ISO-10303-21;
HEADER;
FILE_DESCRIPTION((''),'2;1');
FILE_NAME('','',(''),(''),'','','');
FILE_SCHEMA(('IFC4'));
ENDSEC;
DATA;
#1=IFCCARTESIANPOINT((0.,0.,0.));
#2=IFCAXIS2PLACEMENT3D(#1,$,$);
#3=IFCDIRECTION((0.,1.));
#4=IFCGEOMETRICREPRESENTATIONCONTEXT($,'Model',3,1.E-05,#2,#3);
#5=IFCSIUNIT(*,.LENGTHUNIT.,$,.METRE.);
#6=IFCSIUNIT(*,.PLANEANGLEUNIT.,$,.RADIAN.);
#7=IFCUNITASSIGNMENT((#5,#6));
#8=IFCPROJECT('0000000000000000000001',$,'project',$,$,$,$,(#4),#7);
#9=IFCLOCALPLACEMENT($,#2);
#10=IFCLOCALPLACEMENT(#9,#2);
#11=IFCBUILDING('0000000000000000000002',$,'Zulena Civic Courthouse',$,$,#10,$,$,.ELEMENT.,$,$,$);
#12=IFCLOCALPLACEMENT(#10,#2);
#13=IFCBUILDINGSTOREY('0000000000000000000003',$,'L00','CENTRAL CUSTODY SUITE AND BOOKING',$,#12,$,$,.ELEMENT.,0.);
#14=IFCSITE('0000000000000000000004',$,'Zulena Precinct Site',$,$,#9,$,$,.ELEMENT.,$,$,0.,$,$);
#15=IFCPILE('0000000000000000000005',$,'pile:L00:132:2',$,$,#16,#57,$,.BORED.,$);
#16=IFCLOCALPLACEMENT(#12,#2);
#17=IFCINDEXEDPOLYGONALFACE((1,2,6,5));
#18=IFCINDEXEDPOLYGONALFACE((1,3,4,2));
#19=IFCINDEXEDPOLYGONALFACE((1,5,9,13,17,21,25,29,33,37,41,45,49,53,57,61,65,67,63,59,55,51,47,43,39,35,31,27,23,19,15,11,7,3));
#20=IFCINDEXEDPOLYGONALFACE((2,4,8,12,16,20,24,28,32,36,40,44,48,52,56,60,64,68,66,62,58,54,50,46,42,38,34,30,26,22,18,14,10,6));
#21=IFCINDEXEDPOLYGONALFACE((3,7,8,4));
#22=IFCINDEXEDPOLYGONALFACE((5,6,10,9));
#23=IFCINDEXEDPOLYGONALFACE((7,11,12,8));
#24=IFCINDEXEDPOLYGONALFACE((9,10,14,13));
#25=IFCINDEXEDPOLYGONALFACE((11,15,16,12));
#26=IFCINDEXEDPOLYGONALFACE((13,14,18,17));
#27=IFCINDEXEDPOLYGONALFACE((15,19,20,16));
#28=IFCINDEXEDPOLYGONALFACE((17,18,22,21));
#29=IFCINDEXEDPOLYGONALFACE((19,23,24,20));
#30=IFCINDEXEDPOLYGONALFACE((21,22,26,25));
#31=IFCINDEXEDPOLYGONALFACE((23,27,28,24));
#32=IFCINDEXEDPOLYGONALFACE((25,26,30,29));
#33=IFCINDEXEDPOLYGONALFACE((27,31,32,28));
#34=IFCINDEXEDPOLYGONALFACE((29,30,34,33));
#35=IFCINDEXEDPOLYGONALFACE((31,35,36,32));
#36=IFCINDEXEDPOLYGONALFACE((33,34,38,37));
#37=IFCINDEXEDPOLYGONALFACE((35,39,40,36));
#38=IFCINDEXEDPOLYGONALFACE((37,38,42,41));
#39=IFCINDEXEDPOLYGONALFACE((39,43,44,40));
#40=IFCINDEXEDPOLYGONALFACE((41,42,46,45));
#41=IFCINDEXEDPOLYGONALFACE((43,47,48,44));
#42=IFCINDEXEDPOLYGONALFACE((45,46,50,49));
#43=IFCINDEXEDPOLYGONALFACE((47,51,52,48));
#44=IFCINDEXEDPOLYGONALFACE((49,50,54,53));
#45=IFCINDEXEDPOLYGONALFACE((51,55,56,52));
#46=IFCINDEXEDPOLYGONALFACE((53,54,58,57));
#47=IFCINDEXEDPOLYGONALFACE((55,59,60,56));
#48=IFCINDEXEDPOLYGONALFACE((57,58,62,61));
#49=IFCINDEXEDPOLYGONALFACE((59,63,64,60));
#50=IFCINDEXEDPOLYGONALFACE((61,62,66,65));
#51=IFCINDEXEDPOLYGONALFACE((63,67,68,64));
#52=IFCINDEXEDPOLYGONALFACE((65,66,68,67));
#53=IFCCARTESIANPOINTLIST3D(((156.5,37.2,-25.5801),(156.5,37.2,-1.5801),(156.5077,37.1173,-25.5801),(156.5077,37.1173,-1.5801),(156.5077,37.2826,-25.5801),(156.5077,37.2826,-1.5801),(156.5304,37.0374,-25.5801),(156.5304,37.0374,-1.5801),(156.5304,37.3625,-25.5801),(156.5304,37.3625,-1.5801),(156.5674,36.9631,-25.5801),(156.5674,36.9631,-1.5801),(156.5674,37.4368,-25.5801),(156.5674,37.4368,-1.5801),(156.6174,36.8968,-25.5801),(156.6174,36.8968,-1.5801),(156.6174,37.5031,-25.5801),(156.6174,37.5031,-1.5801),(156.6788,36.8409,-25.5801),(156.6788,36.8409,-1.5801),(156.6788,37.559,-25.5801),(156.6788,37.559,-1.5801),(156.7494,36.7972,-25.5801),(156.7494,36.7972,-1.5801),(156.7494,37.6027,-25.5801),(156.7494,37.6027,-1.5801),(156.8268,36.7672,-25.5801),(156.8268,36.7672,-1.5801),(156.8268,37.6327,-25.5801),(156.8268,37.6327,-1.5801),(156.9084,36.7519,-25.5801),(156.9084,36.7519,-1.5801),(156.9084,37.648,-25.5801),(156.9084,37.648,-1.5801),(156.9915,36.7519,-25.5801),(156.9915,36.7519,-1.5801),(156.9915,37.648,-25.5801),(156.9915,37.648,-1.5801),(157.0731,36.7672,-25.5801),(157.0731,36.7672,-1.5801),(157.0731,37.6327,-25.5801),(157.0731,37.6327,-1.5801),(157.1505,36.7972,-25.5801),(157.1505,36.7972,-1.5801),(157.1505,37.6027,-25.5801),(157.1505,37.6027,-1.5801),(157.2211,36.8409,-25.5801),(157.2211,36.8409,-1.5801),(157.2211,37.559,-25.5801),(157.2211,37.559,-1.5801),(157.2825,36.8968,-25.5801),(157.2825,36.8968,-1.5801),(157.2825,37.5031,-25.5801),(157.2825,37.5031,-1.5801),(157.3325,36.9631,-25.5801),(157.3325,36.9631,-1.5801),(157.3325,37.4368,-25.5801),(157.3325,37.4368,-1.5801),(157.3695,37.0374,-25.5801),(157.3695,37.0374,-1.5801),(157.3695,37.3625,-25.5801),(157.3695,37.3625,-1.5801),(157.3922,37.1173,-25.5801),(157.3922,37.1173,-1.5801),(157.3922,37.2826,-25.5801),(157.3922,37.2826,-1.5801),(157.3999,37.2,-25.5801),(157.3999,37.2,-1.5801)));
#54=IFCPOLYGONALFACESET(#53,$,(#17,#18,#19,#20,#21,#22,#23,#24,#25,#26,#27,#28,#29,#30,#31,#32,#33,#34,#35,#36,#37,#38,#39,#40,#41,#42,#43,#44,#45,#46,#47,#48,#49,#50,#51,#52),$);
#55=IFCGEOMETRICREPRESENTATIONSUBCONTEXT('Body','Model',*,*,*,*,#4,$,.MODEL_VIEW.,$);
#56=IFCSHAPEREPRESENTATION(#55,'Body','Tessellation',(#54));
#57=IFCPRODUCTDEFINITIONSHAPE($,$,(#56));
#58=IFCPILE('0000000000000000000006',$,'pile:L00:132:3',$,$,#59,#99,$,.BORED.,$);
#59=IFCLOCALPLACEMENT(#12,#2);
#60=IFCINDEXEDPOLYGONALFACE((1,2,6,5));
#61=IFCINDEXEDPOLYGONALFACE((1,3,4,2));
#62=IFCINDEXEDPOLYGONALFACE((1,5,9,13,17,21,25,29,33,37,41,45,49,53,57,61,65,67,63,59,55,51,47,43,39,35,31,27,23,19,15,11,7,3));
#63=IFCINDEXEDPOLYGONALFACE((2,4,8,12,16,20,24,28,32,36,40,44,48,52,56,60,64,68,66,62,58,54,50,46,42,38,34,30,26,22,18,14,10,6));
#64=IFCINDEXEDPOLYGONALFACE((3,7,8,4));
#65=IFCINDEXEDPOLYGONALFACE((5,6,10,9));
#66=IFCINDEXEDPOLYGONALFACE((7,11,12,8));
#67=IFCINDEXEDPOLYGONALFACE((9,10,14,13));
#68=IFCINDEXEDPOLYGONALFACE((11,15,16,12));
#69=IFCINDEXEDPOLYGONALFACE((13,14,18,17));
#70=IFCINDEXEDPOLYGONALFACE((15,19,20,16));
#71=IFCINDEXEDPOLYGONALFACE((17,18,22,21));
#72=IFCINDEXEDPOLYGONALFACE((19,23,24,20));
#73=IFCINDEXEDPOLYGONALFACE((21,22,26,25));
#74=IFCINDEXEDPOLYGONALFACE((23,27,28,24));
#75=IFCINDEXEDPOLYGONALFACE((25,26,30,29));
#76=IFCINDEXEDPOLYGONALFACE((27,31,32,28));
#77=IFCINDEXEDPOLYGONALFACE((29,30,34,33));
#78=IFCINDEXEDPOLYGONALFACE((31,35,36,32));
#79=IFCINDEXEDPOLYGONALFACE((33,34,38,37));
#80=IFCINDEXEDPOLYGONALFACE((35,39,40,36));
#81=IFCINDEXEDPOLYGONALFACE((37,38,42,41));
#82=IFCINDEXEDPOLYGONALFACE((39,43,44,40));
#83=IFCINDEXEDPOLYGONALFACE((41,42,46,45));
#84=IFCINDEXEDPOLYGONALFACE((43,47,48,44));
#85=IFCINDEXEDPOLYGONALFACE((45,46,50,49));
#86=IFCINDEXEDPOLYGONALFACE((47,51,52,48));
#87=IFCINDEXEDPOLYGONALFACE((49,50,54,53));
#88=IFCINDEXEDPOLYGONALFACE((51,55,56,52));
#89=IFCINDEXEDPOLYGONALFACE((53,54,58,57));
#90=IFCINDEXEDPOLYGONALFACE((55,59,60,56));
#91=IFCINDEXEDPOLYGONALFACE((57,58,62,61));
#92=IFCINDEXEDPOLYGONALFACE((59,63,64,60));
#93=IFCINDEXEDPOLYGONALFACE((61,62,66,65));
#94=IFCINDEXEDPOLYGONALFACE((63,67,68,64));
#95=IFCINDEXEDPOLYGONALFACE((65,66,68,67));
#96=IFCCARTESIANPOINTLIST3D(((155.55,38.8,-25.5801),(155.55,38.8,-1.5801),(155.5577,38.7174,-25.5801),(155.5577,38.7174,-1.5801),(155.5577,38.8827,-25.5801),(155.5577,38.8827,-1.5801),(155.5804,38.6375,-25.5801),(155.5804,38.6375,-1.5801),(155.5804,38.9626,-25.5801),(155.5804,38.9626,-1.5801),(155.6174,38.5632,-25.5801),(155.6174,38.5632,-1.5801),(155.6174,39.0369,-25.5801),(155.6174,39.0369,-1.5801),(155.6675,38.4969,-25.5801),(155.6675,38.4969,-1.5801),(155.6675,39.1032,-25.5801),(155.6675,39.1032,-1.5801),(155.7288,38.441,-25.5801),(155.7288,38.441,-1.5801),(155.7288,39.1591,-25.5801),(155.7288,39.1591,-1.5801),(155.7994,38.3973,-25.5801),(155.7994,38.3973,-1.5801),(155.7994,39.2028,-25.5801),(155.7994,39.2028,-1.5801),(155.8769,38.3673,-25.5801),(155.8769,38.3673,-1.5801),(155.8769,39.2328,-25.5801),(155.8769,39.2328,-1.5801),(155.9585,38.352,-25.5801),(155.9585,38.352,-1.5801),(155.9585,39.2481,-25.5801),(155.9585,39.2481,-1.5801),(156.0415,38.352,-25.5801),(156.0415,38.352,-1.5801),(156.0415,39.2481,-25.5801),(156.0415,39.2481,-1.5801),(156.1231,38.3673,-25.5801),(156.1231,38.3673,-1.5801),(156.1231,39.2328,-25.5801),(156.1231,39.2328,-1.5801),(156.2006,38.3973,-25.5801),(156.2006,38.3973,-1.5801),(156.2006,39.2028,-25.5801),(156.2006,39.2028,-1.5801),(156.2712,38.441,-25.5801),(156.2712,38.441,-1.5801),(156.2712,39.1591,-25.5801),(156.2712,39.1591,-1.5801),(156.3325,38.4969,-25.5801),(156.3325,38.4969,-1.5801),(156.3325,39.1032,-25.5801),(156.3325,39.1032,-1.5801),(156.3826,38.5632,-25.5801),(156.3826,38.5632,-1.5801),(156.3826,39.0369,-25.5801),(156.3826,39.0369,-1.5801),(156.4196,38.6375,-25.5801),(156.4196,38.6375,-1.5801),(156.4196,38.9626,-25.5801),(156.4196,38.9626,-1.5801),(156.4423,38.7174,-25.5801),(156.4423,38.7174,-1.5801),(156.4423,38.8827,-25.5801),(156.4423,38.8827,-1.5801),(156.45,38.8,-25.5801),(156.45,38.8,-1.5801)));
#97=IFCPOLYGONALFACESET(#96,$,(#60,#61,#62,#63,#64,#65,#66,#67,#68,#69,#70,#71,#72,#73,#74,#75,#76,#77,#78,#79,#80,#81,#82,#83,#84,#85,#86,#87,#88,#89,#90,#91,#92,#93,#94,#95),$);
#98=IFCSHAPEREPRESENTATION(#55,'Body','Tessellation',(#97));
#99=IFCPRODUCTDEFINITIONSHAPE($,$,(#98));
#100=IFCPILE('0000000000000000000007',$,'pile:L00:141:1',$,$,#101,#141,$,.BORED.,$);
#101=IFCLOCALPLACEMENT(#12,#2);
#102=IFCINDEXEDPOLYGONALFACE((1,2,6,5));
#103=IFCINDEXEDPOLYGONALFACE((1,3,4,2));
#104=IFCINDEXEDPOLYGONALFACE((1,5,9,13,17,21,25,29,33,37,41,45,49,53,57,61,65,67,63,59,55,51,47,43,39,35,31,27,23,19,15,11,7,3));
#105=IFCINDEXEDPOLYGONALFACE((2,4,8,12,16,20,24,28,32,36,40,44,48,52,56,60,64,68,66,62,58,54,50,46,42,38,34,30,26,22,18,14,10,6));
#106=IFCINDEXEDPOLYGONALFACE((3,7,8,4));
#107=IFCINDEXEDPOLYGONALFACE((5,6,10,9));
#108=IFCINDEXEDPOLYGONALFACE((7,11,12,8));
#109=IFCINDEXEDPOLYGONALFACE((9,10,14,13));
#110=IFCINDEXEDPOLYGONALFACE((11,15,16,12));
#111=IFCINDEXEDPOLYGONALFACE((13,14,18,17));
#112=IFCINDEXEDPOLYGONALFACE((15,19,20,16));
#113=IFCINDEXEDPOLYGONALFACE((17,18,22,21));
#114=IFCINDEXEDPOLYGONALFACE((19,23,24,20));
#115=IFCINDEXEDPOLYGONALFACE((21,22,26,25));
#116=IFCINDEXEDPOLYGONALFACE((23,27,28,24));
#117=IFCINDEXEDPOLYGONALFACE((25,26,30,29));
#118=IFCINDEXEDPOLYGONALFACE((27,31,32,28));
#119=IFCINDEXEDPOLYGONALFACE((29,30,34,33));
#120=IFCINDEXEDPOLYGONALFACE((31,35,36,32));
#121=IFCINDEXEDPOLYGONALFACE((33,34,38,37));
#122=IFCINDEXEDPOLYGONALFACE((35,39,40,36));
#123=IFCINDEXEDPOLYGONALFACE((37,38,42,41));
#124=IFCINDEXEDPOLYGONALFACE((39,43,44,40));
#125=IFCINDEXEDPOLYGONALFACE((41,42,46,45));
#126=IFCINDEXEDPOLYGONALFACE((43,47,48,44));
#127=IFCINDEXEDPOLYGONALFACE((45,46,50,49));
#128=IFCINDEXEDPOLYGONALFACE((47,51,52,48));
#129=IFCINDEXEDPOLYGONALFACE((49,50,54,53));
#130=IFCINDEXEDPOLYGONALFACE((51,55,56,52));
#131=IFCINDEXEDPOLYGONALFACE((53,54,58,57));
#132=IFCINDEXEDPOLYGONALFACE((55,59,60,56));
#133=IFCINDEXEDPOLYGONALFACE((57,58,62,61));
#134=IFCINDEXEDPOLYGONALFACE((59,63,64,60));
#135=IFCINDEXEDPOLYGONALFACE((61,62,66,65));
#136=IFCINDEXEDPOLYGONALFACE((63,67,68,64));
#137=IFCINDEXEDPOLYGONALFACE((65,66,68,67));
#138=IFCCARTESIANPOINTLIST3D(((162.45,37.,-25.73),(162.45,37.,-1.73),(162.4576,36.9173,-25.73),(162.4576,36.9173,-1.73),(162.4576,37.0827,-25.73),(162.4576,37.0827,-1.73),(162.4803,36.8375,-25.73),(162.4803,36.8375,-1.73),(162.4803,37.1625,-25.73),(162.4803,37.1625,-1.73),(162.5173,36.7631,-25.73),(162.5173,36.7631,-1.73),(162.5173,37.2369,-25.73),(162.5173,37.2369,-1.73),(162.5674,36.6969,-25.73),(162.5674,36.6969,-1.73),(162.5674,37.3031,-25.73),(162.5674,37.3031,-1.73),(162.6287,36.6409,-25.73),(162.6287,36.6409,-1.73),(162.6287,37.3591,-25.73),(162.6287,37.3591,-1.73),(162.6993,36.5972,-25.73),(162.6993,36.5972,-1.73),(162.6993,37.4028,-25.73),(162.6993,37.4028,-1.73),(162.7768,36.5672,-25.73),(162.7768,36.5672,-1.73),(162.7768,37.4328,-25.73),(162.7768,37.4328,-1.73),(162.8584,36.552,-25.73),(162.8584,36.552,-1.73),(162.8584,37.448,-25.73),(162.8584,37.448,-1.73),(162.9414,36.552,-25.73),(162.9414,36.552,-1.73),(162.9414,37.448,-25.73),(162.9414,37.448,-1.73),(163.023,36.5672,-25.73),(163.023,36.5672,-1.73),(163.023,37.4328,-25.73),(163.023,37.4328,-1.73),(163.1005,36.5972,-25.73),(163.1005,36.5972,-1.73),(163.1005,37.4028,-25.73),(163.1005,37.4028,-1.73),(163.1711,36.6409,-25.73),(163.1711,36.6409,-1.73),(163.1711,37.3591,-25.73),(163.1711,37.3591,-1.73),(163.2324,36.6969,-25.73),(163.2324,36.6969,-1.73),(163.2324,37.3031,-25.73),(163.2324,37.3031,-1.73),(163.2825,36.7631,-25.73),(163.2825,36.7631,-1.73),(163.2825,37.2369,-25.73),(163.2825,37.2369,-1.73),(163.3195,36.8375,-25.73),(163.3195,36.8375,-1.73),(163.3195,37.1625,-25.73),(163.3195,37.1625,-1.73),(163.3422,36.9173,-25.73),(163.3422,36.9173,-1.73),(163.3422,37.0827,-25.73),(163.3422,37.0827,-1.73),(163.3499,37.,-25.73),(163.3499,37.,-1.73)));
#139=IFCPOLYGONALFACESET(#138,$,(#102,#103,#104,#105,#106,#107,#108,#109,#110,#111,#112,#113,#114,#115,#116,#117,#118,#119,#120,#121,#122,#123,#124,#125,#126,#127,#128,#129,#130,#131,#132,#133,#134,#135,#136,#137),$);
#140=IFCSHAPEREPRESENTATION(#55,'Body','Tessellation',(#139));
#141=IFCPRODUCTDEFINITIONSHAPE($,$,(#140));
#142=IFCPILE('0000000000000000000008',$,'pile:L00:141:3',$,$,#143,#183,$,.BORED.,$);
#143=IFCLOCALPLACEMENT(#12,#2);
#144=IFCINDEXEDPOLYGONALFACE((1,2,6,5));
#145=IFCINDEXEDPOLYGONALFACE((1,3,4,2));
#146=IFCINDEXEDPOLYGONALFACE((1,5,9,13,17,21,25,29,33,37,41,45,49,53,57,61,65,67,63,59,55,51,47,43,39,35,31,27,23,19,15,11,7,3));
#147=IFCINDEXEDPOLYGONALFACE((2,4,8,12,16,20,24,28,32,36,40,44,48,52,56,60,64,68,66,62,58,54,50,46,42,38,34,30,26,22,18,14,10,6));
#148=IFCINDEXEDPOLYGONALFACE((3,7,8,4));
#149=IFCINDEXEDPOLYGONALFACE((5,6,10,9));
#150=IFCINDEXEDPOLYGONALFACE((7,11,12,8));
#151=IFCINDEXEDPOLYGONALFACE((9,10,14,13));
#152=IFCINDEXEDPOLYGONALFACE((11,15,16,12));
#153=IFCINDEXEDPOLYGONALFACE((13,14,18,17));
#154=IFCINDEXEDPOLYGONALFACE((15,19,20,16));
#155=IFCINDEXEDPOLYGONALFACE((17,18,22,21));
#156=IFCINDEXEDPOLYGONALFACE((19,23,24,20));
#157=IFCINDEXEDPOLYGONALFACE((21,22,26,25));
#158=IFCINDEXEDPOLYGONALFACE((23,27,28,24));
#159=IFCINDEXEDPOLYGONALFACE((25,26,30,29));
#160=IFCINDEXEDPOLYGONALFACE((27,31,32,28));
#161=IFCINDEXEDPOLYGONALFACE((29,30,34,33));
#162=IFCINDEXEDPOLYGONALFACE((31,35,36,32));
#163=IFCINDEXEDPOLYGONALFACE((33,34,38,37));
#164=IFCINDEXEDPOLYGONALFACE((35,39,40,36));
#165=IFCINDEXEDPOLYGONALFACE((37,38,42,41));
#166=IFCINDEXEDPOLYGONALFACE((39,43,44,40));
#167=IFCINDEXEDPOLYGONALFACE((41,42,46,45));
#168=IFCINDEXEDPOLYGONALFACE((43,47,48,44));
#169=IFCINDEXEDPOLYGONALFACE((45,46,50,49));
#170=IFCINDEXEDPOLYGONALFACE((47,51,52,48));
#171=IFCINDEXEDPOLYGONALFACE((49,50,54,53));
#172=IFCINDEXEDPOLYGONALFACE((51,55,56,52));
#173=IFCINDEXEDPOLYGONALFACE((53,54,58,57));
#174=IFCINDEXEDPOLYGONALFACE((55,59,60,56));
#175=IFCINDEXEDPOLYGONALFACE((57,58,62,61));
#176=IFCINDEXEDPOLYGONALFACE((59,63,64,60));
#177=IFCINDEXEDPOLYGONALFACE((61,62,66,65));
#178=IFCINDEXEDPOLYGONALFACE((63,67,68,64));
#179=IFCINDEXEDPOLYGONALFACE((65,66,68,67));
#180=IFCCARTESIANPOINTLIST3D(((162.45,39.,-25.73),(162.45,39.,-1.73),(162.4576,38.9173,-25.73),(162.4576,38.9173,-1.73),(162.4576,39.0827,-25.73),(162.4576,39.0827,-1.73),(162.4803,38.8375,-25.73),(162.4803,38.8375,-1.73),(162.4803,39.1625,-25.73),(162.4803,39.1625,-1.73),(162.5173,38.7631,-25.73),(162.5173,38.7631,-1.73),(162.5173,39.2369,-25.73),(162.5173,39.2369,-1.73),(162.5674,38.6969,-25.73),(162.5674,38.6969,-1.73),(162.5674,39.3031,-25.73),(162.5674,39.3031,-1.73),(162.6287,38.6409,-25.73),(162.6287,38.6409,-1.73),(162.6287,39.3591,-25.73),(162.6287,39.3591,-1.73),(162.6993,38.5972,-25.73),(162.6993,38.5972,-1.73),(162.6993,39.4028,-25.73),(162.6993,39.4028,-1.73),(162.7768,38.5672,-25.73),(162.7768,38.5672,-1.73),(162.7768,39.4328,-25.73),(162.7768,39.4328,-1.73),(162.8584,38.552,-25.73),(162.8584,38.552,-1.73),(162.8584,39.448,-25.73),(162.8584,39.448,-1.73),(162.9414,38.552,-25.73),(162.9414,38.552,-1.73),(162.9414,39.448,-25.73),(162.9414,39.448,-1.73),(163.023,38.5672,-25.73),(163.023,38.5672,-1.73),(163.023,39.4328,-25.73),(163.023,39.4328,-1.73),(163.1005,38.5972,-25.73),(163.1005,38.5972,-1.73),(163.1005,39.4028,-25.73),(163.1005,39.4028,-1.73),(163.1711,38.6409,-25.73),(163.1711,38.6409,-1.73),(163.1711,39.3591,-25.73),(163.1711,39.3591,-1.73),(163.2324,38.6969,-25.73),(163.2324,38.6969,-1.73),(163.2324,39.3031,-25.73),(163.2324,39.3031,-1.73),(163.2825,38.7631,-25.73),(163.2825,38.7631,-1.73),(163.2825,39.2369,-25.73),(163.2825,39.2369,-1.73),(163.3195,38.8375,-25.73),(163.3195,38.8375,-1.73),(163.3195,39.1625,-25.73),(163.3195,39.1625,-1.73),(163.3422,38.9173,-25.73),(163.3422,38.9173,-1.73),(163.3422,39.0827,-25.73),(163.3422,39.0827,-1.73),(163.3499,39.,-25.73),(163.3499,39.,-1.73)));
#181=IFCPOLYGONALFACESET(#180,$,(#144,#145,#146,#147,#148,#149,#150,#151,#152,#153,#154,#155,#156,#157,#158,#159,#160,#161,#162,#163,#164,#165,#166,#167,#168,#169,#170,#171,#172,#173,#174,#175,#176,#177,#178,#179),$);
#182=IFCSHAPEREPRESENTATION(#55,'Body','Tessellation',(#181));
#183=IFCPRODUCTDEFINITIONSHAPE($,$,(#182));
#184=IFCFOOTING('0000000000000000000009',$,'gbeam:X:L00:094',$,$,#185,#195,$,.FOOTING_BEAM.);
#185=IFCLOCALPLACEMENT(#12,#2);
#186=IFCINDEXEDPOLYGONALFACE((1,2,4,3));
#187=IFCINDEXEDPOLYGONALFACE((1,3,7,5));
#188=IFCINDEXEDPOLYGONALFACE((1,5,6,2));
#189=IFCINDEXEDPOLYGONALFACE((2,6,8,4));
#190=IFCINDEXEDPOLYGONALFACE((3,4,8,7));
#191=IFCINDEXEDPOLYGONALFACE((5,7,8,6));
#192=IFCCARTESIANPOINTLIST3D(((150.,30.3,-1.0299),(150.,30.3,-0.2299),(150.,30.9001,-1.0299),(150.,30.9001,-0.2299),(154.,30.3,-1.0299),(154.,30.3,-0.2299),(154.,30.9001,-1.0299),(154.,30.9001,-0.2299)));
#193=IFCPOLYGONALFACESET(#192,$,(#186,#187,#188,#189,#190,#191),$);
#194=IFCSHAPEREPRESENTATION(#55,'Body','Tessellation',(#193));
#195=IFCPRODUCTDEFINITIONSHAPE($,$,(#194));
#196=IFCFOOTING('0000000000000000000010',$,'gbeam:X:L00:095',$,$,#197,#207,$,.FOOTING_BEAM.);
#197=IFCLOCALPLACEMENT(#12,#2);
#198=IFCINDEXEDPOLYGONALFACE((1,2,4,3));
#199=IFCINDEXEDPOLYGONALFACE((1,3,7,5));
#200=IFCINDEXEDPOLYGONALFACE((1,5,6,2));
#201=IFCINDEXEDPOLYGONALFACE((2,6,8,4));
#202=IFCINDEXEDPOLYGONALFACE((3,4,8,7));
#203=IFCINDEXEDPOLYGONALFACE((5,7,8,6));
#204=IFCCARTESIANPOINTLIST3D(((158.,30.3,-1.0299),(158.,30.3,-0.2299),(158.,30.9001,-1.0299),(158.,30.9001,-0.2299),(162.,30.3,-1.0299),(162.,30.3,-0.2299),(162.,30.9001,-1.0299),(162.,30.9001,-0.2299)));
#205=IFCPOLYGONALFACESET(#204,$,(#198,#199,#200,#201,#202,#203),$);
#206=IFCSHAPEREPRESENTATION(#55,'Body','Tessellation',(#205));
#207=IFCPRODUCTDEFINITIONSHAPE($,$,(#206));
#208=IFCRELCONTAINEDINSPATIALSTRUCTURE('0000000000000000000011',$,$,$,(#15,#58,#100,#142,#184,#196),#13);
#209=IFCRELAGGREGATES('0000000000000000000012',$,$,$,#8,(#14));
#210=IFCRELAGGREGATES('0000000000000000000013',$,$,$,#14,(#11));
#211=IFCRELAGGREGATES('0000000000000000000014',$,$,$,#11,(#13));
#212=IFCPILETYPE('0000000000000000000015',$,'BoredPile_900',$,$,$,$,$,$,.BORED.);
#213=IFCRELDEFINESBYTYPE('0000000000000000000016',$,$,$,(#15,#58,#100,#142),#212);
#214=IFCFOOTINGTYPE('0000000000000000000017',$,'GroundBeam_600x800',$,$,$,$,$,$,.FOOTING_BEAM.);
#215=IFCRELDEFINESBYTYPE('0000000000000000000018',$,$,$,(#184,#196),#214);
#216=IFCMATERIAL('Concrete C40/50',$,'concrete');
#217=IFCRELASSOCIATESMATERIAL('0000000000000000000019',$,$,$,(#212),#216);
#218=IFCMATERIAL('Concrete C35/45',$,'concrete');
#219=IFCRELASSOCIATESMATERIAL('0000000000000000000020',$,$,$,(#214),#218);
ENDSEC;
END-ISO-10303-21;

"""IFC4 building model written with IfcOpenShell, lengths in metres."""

from ifc_helpers import new_model, si_unit, direction, frame, origin, origin_2d, place, context, subcontext, project, spatial, rectangle, circle, extrude, material, material_profile, profile_set, type_object, element, save


model = new_model("IFC4")

# Units and contexts
model_context = context("Model", 3, precision=1e-05, world=origin(), true_north=direction((0.0, 1.0)))
body_context = subcontext(model_context, "Body", "Model", "MODEL_VIEW")
ifc_project = project(units=[si_unit("LENGTHUNIT", "METRE"), si_unit("PLANEANGLEUNIT", "RADIAN")], contexts=[model_context])

# Site, building, storey
site_placement = place(None, origin())
site = spatial("IfcSite", under=ifc_project, at=site_placement, Name="Zulena Precinct Site", CompositionType="ELEMENT", RefElevation=0.0)
building_placement = place(site_placement, origin())
building = spatial("IfcBuilding", under=site, at=building_placement, Name="Zulena Civic Courthouse", CompositionType="ELEMENT")
storey_placement = place(building_placement, origin())
storey = spatial("IfcBuildingStorey", under=building, at=storey_placement, Name="L00", Description="CENTRAL CUSTODY SUITE AND BOOKING", CompositionType="ELEMENT", Elevation=0.0)

# Piles
ifc_material_1 = material(Name="Concrete C40/50", Category="concrete")
ifc_material_profile_1 = material_profile(ifc_material_1, circle(Radius=0.45, at=origin_2d()), Name="PILE900")
ifc_profile_set_1 = profile_set([ifc_material_profile_1], Name="Concrete C40/50")
pile_type_1 = type_object("IfcPileType", Name="BoredPile_900", PredefinedType="BORED", material=ifc_profile_set_1)
for number, where, z_axis, x_axis, name in (
    (1, (156.95, 37.2, -1.5801), (0.0, 0.0, -1.0), (1.0, 0.0, 0.0), "pile:L00:132:2"),
    (2, (156.0, 38.8, -1.5801), (0.0, 0.0, -1.0), (1.0, 0.0, 0.0), "pile:L00:132:3"),
    (3, (162.8999, 37.0, -1.73), (0.0, 0.0, -1.0), (1.0, 0.0, 0.0), "pile:L00:141:1"),
    (4, (162.8999, 39.0, -1.73), (0.0, 0.0, -1.0), (1.0, 0.0, 0.0), "pile:L00:141:3"),
):
    element("IfcPile", number, at=place(storey_placement, frame(where, z_axis=z_axis, x_axis=x_axis)), inside=storey, type_object=pile_type_1, Name=name, PredefinedType="BORED", context=body_context, shape_type="SweptSolid", body=[
        extrude(circle(Radius=0.45, at=origin_2d()), origin(), (0.0, 0.0, 1.0), 24.0),
    ])

# Footings
ifc_material_2 = material(Name="Concrete C35/45", Category="concrete")
ifc_material_profile_2 = material_profile(ifc_material_2, rectangle(XDim=0.6001, YDim=0.8, at=origin_2d()), Name="RC600X800")
ifc_profile_set_2 = profile_set([ifc_material_profile_2], Name="Concrete C35/45")
footing_type_1 = type_object("IfcFootingType", Name="GroundBeam_600x800", PredefinedType="FOOTING_BEAM", material=ifc_profile_set_2)
for number, where, z_axis, x_axis, name in (
    (5, (150.0, 30.6001, -0.6299), (1.0, 0.0, 0.0), (0.0, 1.0, 0.0), "gbeam:X:L00:094"),
    (6, (158.0, 30.6001, -0.6299), (1.0, 0.0, 0.0), (0.0, 1.0, 0.0), "gbeam:X:L00:095"),
):
    element("IfcFooting", number, at=place(storey_placement, frame(where, z_axis=z_axis, x_axis=x_axis)), inside=storey, type_object=footing_type_1, Name=name, PredefinedType="FOOTING_BEAM", context=body_context, shape_type="SweptSolid", body=[
        extrude(rectangle(XDim=0.6001, YDim=0.8, at=origin_2d()), origin(), (0.0, 0.0, 1.0), 4.0),
    ])

save(model, "model.ifc")
